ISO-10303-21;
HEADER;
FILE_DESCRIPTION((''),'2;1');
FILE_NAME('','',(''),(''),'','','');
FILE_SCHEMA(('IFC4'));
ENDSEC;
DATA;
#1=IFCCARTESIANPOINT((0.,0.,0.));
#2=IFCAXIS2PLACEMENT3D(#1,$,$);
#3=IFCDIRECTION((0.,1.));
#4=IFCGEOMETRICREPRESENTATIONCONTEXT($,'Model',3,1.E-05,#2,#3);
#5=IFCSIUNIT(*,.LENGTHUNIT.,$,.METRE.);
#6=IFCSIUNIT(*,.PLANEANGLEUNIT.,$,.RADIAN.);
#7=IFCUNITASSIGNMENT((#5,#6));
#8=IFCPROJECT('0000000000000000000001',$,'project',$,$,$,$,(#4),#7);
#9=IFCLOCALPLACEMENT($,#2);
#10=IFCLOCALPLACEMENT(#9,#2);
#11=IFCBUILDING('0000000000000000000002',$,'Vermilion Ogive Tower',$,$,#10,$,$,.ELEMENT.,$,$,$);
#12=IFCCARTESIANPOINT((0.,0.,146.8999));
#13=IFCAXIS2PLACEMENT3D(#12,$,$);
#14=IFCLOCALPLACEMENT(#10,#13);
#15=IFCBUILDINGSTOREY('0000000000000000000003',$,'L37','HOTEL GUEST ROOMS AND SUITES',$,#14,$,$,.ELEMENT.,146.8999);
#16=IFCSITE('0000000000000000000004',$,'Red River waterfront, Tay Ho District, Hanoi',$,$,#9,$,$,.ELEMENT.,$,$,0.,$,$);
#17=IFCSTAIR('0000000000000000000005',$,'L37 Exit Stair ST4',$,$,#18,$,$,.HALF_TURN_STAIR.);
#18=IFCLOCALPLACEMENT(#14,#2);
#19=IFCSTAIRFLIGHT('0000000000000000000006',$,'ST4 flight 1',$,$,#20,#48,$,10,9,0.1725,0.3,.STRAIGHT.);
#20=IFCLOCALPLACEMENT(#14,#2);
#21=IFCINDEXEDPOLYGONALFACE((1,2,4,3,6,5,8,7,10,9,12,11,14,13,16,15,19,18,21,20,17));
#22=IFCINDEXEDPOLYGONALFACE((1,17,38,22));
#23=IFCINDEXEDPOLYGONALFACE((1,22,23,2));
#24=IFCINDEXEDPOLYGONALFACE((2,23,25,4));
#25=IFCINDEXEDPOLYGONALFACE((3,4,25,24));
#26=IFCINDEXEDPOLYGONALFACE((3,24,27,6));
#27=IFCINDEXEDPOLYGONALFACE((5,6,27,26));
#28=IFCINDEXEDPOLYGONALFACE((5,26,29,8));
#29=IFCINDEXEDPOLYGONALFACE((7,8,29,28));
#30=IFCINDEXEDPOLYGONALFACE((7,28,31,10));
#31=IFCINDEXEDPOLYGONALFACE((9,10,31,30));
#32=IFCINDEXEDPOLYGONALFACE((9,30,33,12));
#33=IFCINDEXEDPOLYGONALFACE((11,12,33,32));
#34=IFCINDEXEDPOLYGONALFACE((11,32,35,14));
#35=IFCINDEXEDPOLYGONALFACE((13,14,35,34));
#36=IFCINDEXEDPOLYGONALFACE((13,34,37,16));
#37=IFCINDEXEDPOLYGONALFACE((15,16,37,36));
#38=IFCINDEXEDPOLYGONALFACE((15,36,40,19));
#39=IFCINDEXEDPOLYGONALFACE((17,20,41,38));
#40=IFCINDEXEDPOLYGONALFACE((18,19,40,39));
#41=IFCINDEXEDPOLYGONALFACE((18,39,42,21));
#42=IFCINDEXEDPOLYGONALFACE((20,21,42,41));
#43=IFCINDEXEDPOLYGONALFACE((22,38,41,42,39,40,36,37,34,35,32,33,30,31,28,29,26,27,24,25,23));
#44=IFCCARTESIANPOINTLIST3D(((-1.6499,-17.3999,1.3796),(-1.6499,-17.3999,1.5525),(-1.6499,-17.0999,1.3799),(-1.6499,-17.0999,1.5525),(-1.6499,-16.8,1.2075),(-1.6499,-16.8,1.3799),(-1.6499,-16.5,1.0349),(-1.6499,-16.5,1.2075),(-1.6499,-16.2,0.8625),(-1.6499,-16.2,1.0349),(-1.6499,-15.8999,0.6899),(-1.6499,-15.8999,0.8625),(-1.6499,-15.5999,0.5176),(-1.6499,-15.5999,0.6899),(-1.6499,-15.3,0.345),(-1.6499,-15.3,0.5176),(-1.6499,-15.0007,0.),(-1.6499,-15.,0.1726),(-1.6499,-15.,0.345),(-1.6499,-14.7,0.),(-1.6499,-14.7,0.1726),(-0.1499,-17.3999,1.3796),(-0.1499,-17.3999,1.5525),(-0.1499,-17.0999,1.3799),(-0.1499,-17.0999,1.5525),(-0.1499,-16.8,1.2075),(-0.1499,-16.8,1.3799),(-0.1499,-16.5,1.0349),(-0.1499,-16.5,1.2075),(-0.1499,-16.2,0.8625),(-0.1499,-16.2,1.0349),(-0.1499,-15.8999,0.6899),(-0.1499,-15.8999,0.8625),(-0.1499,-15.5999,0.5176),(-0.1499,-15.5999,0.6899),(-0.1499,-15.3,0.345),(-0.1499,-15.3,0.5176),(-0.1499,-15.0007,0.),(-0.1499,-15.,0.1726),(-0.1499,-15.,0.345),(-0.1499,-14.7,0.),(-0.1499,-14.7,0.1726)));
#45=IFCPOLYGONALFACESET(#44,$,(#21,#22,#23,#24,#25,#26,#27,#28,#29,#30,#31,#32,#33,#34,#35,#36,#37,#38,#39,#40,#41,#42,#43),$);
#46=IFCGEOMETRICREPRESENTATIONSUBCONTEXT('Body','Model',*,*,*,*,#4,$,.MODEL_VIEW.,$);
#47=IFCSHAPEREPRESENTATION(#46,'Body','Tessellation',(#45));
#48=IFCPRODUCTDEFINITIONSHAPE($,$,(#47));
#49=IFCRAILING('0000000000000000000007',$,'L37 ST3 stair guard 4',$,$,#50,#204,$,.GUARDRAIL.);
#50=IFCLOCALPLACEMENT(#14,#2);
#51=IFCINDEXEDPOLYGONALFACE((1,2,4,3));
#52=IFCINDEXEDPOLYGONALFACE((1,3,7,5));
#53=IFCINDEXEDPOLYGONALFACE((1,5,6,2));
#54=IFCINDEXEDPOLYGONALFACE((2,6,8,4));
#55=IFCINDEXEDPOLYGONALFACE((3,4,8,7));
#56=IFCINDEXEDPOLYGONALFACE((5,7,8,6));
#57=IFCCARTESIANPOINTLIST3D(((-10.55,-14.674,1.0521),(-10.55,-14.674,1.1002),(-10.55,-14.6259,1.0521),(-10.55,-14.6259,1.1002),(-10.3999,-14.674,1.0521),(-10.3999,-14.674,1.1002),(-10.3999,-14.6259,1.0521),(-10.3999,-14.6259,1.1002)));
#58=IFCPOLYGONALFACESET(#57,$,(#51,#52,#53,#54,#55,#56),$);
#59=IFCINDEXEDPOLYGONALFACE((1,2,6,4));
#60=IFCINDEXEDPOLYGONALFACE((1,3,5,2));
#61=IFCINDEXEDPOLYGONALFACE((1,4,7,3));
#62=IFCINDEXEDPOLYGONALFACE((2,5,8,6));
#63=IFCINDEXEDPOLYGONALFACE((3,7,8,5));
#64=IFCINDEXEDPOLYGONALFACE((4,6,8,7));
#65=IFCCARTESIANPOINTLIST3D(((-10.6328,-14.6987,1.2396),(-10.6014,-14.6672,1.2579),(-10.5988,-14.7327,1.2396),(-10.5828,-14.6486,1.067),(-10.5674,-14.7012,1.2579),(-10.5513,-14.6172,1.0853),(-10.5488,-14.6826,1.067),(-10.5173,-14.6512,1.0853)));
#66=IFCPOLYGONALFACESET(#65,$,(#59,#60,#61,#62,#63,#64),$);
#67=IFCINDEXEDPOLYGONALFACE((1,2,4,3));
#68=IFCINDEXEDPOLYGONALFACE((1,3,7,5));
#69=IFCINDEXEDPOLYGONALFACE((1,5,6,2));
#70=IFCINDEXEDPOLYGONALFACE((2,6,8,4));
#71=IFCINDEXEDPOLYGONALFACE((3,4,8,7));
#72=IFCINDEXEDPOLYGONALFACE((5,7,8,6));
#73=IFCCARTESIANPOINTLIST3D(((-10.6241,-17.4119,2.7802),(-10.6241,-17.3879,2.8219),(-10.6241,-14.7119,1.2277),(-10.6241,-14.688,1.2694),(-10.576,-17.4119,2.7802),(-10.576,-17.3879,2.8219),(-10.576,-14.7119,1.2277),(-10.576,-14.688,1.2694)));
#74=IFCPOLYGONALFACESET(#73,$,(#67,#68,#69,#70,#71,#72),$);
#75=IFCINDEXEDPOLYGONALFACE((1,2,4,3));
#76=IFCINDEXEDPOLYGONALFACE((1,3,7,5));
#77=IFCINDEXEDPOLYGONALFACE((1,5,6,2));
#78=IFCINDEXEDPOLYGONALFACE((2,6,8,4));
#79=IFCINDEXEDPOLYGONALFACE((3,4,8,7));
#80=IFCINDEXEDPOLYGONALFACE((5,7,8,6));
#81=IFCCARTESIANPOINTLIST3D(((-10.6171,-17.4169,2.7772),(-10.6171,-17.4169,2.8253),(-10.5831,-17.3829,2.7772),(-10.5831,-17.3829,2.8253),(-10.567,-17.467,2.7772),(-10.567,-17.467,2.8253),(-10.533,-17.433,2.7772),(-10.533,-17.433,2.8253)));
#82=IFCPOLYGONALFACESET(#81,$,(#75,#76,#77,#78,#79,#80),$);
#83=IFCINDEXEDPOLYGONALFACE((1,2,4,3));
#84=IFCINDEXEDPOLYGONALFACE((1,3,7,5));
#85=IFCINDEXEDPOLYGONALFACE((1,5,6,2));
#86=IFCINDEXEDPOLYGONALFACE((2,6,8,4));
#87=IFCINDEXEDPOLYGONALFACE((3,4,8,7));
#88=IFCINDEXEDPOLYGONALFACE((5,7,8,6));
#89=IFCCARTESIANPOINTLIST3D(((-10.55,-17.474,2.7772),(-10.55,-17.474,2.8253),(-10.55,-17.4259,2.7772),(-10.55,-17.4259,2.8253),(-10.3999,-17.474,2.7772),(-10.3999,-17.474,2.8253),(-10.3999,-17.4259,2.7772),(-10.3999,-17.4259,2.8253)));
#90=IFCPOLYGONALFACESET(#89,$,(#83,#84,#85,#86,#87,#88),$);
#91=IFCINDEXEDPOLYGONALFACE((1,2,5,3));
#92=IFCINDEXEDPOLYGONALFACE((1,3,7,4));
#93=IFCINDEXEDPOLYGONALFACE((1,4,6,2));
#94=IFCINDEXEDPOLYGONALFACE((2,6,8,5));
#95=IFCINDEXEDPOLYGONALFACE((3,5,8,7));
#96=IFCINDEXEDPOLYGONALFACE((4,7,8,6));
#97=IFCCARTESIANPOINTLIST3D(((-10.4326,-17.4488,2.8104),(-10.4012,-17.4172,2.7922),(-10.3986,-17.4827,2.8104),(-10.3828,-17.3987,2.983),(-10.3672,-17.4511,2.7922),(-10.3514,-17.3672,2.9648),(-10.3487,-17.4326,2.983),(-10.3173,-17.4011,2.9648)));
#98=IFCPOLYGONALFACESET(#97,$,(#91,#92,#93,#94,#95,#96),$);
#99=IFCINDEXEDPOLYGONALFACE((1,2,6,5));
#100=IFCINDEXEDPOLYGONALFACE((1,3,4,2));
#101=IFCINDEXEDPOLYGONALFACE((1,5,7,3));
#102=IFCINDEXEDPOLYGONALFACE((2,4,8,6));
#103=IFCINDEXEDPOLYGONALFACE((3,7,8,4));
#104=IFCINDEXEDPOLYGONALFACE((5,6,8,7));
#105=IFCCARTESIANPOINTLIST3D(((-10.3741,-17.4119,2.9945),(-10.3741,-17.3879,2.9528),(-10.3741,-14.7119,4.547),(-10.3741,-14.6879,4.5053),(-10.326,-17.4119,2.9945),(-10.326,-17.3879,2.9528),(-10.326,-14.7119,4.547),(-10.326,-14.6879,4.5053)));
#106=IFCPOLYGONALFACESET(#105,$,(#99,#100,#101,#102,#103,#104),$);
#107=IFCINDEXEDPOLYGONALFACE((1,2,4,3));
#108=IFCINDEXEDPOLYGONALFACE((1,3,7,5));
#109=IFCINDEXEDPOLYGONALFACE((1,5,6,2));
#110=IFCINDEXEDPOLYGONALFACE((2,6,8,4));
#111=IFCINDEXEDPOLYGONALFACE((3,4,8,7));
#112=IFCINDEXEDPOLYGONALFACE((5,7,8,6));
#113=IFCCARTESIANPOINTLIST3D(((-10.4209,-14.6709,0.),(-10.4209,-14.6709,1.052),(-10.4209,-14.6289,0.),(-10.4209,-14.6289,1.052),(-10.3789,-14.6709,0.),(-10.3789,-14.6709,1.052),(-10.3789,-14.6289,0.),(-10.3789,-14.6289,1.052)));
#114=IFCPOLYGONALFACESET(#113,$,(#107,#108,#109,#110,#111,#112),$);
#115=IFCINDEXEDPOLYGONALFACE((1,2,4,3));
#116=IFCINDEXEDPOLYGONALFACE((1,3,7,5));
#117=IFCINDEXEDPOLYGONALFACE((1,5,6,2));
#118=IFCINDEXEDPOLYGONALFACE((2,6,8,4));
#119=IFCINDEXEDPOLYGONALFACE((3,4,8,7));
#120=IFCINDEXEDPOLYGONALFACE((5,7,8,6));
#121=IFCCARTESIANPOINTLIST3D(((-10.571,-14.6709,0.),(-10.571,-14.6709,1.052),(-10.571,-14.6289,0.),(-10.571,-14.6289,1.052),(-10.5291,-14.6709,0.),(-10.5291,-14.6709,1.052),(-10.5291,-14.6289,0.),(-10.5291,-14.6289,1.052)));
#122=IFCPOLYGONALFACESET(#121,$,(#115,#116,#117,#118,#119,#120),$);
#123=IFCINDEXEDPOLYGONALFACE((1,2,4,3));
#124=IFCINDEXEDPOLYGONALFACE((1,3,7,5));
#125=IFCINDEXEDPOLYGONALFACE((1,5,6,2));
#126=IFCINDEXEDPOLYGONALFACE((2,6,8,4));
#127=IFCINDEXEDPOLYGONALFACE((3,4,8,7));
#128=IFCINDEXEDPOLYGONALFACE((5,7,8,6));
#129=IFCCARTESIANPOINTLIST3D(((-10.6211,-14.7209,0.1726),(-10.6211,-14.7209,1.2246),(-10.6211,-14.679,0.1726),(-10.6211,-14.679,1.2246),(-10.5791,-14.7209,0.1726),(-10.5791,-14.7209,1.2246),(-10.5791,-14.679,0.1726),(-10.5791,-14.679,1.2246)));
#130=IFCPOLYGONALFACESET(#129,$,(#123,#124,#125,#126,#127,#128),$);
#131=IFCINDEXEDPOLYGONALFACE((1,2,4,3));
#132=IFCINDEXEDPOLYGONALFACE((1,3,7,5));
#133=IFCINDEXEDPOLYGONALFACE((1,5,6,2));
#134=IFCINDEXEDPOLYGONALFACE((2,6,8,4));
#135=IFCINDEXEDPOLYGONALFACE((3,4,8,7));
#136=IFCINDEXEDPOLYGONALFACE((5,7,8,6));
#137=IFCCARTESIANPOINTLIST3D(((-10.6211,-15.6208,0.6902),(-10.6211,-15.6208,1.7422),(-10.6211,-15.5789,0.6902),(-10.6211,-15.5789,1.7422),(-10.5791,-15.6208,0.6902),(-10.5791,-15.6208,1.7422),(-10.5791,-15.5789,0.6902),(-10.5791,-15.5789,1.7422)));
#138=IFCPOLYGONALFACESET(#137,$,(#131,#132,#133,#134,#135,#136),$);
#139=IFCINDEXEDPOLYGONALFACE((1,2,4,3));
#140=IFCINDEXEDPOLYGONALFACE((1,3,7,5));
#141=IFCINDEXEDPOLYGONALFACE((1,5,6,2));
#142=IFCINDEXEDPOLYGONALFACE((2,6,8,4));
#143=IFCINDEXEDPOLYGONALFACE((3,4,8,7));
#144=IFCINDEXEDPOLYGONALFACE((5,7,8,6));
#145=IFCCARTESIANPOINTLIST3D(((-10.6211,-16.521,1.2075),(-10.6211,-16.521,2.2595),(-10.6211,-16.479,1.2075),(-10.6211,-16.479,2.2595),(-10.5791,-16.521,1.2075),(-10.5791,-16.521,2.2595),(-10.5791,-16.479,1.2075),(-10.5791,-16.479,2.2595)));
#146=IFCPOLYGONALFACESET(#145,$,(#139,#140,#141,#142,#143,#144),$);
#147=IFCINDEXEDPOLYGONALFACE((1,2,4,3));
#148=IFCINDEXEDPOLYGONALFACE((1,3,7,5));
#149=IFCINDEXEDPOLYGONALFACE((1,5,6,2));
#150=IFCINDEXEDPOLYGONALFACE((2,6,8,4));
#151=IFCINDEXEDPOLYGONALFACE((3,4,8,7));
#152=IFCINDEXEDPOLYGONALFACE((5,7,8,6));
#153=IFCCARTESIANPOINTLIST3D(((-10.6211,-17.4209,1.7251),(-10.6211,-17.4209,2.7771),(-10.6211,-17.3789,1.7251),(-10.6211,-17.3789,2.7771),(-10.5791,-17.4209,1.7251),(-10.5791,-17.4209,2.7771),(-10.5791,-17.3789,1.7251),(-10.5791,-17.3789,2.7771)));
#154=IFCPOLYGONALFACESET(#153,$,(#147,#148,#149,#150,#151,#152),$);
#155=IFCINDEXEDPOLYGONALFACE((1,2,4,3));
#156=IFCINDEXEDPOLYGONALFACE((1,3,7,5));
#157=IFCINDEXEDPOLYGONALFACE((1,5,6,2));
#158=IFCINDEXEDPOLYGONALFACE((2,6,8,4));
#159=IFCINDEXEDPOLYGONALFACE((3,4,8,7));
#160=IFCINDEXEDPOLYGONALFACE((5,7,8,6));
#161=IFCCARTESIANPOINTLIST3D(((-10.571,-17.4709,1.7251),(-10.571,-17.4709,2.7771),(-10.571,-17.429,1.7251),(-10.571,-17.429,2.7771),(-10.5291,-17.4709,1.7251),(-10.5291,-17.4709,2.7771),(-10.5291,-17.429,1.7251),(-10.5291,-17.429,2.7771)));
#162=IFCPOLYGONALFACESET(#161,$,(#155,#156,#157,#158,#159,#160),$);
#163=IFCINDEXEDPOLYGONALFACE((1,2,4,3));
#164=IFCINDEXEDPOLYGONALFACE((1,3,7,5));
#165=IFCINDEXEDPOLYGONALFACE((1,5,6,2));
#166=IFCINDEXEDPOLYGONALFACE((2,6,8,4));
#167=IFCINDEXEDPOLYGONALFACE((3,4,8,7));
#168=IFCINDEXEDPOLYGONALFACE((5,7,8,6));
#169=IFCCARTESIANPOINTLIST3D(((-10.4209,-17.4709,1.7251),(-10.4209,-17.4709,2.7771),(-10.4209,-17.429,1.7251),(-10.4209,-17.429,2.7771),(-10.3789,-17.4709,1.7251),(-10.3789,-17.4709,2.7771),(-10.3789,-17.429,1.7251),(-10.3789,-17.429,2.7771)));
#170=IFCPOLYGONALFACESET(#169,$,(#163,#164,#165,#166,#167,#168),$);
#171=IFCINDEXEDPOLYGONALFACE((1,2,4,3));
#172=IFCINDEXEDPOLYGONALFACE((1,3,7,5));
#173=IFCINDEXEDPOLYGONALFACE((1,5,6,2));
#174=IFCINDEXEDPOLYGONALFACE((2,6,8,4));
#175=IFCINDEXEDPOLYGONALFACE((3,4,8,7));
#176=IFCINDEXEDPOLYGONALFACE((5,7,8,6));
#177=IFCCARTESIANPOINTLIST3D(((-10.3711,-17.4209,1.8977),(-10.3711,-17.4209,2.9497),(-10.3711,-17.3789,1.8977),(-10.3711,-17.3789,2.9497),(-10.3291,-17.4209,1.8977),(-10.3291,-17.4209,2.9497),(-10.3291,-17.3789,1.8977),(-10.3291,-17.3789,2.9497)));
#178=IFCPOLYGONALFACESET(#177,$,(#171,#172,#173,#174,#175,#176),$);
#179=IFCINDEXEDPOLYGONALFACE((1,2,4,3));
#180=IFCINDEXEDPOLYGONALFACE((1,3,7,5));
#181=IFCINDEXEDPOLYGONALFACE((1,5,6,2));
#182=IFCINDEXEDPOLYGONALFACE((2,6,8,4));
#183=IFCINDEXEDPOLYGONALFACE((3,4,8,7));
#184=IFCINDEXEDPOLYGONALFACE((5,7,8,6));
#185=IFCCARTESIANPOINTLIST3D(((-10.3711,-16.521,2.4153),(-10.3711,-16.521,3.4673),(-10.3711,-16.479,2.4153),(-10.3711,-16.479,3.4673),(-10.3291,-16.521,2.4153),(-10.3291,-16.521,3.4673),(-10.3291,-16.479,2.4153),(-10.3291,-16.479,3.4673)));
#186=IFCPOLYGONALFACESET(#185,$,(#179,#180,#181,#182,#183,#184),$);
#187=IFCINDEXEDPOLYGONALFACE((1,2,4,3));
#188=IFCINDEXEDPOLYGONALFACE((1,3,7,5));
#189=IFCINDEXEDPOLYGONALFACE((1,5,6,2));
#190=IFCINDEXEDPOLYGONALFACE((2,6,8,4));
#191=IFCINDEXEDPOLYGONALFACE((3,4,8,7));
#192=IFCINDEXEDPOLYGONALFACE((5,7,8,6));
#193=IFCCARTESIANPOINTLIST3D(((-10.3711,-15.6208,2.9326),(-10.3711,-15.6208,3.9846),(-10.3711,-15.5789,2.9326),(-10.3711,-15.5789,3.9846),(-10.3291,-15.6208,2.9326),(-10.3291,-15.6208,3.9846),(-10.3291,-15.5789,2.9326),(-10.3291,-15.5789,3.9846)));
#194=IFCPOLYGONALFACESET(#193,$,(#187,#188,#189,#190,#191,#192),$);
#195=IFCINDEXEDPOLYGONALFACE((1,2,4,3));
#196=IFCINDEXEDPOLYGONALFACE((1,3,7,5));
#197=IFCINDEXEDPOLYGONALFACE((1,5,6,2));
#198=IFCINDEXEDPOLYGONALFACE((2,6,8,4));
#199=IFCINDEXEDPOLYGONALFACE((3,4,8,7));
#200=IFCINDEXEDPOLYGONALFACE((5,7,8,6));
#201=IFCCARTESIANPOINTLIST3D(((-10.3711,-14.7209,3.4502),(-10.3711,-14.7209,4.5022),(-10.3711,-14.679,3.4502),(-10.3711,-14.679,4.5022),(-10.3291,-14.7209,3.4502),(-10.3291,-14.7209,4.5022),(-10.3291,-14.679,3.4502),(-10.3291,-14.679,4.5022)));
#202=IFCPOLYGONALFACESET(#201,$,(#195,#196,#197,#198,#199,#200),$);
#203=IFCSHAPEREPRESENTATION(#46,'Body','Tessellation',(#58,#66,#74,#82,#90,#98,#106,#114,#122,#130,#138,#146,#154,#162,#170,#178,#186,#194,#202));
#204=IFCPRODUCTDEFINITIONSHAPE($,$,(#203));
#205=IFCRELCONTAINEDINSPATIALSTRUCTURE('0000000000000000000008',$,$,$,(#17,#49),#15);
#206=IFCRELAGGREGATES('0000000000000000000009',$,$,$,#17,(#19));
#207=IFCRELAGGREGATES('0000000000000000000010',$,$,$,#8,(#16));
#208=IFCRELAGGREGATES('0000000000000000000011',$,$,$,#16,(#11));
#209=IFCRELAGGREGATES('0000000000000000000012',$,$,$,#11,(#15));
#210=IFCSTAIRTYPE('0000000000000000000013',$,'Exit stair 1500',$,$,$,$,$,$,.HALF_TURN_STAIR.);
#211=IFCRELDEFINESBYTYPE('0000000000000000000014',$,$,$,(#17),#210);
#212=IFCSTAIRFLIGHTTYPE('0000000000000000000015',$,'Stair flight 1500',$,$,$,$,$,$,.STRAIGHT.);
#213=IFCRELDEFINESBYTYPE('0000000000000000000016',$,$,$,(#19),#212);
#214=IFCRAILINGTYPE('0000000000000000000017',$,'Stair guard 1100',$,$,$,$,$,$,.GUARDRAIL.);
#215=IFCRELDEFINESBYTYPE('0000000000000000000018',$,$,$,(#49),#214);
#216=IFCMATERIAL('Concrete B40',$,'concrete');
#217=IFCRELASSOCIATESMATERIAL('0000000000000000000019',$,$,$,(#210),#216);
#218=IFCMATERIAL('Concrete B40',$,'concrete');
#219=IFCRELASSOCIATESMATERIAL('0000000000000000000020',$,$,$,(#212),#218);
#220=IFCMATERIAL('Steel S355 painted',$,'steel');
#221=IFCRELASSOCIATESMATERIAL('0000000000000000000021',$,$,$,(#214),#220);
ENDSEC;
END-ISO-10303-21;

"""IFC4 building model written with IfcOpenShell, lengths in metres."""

from ifc_helpers import new_model, si_unit, direction, frame, origin, origin_2d, place, context, subcontext, project, spatial, polyline, rectangle, outline, extrude, material, type_object, element, aggregate, save


model = new_model("IFC4")

# Units and contexts
model_context = context("Model", 3, precision=1e-05, world=origin(), true_north=direction((0.0, 1.0)))
body_context = subcontext(model_context, "Body", "Model", "MODEL_VIEW")
ifc_project = project(units=[si_unit("LENGTHUNIT", "METRE"), si_unit("PLANEANGLEUNIT", "RADIAN")], contexts=[model_context])

# Site, building, storey
site_placement = place(None, origin())
site = spatial("IfcSite", under=ifc_project, at=site_placement, Name="Red River waterfront, Tay Ho District, Hanoi", CompositionType="ELEMENT", RefElevation=0.0)
building_placement = place(site_placement, origin())
building = spatial("IfcBuilding", under=site, at=building_placement, Name="Vermilion Ogive Tower", CompositionType="ELEMENT")
storey_placement = place(building_placement, frame((0.0, 0.0, 146.8999)))
storey = spatial("IfcBuildingStorey", under=building, at=storey_placement, Name="L37", Description="HOTEL GUEST ROOMS AND SUITES", CompositionType="ELEMENT", Elevation=146.8999)

# Stair, stair flight
ifc_material_1 = material(Name="Concrete B40", Category="concrete")
stair_type = type_object("IfcStairType", Name="Exit stair 1500", PredefinedType="HALF_TURN_STAIR", material=ifc_material_1)
stair_placement = place(storey_placement, origin())
stair = element("IfcStair", 1, at=stair_placement, inside=storey, type_object=stair_type, Name="L37 Exit Stair ST4", PredefinedType="HALF_TURN_STAIR")
ifc_material_2 = material(Name="Concrete B40", Category="concrete")
stair_flight_type = type_object("IfcStairFlightType", Name="Stair flight 1500", PredefinedType="STRAIGHT", material=ifc_material_2)
stair_flight_placement = place(storey_placement, frame((-0.8999, -14.7, 0.0), z_axis=(0.0, 0.0, 1.0), x_axis=(0.0, -1.0, 0.0)))
stair_flight = element("IfcStairFlight", 2, at=stair_flight_placement, type_object=stair_flight_type, Name="ST4 flight 1", NumberOfRisers=10, NumberOfTreads=9, PredefinedType="STRAIGHT", RiserHeight=0.1725, TreadLength=0.3, context=body_context, shape_type="SweptSolid", body=[
    extrude(outline(polyline([(0.0, 0.0), (0.0, 0.1726), (0.3, 0.1726), (0.3, 0.345), (0.6001, 0.345), (0.6001, 0.5176), (0.8999, 0.5176), (0.8999, 0.6899), (1.2, 0.6899), (1.2, 0.8625), (1.5, 0.8625), (1.5, 1.0349), (1.8, 1.0349), (1.8, 1.2075), (2.1001, 1.2075), (2.1001, 1.3799), (2.3999, 1.3799), (2.3999, 1.5525), (2.7, 1.5525), (2.7, 1.7251), (2.7, 1.3796), (0.3008, 0.0), (0.0, 0.0)])), frame((0.0, 0.75, 0.0), z_axis=(0.0, -1.0, 0.0), x_axis=(1.0, 0.0, 0.0)), (0.0, 0.0, 1.0), 1.5),
])
aggregate(stair, [stair_flight])

# Railing
ifc_material_3 = material(Name="Steel S355 painted", Category="steel")
railing_type_1 = type_object("IfcRailingType", Name="Stair guard 1100", PredefinedType="GUARDRAIL", material=ifc_material_3)
railing_1_placement = place(storey_placement, frame((-10.3999, -14.6499, 0.0)))
element("IfcRailing", 3, at=railing_1_placement, inside=storey, type_object=railing_type_1, Name="L37 ST3 stair guard 4", PredefinedType="GUARDRAIL", context=body_context, shape_type="SweptSolid", body=[
    extrude(rectangle(XDim=0.0481, YDim=0.0481, at=origin_2d()), frame((0.0, 0.0, 1.0762), z_axis=(-1.0, 0.0, 0.0), x_axis=(0.0, -1.0, 0.0)), (0.0, 0.0, 1.0), 0.1501),
    extrude(rectangle(XDim=0.0481, YDim=0.0481, at=origin_2d()), frame((-0.1501, 0.0, 1.0762), z_axis=(-0.268278, -0.268278, 0.925232), x_axis=(0.707107, -0.707107, 0.0)), (0.0, 0.0, 1.0), 0.1865),
    extrude(rectangle(XDim=0.0481, YDim=0.0481, at=origin_2d()), frame((-0.2002, -0.05, 1.2485), z_axis=(0.0, -0.866904, 0.498476), x_axis=(1.0, 0.0, 0.0)), (0.0, 0.0, 1.0), 3.1145),
    extrude(rectangle(XDim=0.0481, YDim=0.0481, at=origin_2d()), frame((-0.2002, -2.75, 2.8013), z_axis=(0.707107, -0.707107, 0.0), x_axis=(0.707107, 0.707107, 0.0)), (0.0, 0.0, 1.0), 0.0708),
    extrude(rectangle(XDim=0.0481, YDim=0.0481, at=origin_2d()), frame((-0.1501, -2.8, 2.8013), z_axis=(1.0, 0.0, 0.0), x_axis=(0.0, 1.0, 0.0)), (0.0, 0.0, 1.0), 0.1501),
    extrude(rectangle(XDim=0.0481, YDim=0.0481, at=origin_2d()), frame((0.0, -2.8, 2.8013), z_axis=(0.267063, 0.268372, 0.925556), x_axis=(-0.708834, 0.705376, 0.0)), (0.0, 0.0, 1.0), 0.1865),
    extrude(rectangle(XDim=0.0481, YDim=0.0481, at=origin_2d()), frame((0.0498, -2.75, 2.9736), z_axis=(0.0, 0.866904, 0.498476), x_axis=(-1.0, 0.0, 0.0)), (0.0, 0.0, 1.0), 3.1145),
    extrude(rectangle(XDim=0.042, YDim=0.042, at=origin_2d()), origin(), (0.0, 0.0, 1.0), 1.052),
    extrude(rectangle(XDim=0.042, YDim=0.042, at=origin_2d()), frame((-0.1501, 0.0, 0.0)), (0.0, 0.0, 1.0), 1.052),
    extrude(rectangle(XDim=0.042, YDim=0.042, at=origin_2d()), frame((-0.2002, -0.05, 0.1726)), (0.0, 0.0, 1.0), 1.052),
    extrude(rectangle(XDim=0.042, YDim=0.042, at=origin_2d()), frame((-0.2002, -0.95, 0.6902)), (0.0, 0.0, 1.0), 1.052),
    extrude(rectangle(XDim=0.042, YDim=0.042, at=origin_2d()), frame((-0.2002, -1.8501, 1.2075)), (0.0, 0.0, 1.0), 1.052),
    extrude(rectangle(XDim=0.042, YDim=0.042, at=origin_2d()), frame((-0.2002, -2.75, 1.7251)), (0.0, 0.0, 1.0), 1.052),
    extrude(rectangle(XDim=0.042, YDim=0.042, at=origin_2d()), frame((-0.1501, -2.8, 1.7251)), (0.0, 0.0, 1.0), 1.052),
    extrude(rectangle(XDim=0.042, YDim=0.042, at=origin_2d()), frame((0.0, -2.8, 1.7251)), (0.0, 0.0, 1.0), 1.052),
    extrude(rectangle(XDim=0.042, YDim=0.042, at=origin_2d()), frame((0.0498, -2.75, 1.8977)), (0.0, 0.0, 1.0), 1.052),
    extrude(rectangle(XDim=0.042, YDim=0.042, at=origin_2d()), frame((0.0498, -1.8501, 2.4153)), (0.0, 0.0, 1.0), 1.052),
    extrude(rectangle(XDim=0.042, YDim=0.042, at=origin_2d()), frame((0.0498, -0.95, 2.9326)), (0.0, 0.0, 1.0), 1.052),
    extrude(rectangle(XDim=0.042, YDim=0.042, at=origin_2d()), frame((0.0498, -0.05, 3.4502)), (0.0, 0.0, 1.0), 1.052),
])

save(model, "model.ifc")
